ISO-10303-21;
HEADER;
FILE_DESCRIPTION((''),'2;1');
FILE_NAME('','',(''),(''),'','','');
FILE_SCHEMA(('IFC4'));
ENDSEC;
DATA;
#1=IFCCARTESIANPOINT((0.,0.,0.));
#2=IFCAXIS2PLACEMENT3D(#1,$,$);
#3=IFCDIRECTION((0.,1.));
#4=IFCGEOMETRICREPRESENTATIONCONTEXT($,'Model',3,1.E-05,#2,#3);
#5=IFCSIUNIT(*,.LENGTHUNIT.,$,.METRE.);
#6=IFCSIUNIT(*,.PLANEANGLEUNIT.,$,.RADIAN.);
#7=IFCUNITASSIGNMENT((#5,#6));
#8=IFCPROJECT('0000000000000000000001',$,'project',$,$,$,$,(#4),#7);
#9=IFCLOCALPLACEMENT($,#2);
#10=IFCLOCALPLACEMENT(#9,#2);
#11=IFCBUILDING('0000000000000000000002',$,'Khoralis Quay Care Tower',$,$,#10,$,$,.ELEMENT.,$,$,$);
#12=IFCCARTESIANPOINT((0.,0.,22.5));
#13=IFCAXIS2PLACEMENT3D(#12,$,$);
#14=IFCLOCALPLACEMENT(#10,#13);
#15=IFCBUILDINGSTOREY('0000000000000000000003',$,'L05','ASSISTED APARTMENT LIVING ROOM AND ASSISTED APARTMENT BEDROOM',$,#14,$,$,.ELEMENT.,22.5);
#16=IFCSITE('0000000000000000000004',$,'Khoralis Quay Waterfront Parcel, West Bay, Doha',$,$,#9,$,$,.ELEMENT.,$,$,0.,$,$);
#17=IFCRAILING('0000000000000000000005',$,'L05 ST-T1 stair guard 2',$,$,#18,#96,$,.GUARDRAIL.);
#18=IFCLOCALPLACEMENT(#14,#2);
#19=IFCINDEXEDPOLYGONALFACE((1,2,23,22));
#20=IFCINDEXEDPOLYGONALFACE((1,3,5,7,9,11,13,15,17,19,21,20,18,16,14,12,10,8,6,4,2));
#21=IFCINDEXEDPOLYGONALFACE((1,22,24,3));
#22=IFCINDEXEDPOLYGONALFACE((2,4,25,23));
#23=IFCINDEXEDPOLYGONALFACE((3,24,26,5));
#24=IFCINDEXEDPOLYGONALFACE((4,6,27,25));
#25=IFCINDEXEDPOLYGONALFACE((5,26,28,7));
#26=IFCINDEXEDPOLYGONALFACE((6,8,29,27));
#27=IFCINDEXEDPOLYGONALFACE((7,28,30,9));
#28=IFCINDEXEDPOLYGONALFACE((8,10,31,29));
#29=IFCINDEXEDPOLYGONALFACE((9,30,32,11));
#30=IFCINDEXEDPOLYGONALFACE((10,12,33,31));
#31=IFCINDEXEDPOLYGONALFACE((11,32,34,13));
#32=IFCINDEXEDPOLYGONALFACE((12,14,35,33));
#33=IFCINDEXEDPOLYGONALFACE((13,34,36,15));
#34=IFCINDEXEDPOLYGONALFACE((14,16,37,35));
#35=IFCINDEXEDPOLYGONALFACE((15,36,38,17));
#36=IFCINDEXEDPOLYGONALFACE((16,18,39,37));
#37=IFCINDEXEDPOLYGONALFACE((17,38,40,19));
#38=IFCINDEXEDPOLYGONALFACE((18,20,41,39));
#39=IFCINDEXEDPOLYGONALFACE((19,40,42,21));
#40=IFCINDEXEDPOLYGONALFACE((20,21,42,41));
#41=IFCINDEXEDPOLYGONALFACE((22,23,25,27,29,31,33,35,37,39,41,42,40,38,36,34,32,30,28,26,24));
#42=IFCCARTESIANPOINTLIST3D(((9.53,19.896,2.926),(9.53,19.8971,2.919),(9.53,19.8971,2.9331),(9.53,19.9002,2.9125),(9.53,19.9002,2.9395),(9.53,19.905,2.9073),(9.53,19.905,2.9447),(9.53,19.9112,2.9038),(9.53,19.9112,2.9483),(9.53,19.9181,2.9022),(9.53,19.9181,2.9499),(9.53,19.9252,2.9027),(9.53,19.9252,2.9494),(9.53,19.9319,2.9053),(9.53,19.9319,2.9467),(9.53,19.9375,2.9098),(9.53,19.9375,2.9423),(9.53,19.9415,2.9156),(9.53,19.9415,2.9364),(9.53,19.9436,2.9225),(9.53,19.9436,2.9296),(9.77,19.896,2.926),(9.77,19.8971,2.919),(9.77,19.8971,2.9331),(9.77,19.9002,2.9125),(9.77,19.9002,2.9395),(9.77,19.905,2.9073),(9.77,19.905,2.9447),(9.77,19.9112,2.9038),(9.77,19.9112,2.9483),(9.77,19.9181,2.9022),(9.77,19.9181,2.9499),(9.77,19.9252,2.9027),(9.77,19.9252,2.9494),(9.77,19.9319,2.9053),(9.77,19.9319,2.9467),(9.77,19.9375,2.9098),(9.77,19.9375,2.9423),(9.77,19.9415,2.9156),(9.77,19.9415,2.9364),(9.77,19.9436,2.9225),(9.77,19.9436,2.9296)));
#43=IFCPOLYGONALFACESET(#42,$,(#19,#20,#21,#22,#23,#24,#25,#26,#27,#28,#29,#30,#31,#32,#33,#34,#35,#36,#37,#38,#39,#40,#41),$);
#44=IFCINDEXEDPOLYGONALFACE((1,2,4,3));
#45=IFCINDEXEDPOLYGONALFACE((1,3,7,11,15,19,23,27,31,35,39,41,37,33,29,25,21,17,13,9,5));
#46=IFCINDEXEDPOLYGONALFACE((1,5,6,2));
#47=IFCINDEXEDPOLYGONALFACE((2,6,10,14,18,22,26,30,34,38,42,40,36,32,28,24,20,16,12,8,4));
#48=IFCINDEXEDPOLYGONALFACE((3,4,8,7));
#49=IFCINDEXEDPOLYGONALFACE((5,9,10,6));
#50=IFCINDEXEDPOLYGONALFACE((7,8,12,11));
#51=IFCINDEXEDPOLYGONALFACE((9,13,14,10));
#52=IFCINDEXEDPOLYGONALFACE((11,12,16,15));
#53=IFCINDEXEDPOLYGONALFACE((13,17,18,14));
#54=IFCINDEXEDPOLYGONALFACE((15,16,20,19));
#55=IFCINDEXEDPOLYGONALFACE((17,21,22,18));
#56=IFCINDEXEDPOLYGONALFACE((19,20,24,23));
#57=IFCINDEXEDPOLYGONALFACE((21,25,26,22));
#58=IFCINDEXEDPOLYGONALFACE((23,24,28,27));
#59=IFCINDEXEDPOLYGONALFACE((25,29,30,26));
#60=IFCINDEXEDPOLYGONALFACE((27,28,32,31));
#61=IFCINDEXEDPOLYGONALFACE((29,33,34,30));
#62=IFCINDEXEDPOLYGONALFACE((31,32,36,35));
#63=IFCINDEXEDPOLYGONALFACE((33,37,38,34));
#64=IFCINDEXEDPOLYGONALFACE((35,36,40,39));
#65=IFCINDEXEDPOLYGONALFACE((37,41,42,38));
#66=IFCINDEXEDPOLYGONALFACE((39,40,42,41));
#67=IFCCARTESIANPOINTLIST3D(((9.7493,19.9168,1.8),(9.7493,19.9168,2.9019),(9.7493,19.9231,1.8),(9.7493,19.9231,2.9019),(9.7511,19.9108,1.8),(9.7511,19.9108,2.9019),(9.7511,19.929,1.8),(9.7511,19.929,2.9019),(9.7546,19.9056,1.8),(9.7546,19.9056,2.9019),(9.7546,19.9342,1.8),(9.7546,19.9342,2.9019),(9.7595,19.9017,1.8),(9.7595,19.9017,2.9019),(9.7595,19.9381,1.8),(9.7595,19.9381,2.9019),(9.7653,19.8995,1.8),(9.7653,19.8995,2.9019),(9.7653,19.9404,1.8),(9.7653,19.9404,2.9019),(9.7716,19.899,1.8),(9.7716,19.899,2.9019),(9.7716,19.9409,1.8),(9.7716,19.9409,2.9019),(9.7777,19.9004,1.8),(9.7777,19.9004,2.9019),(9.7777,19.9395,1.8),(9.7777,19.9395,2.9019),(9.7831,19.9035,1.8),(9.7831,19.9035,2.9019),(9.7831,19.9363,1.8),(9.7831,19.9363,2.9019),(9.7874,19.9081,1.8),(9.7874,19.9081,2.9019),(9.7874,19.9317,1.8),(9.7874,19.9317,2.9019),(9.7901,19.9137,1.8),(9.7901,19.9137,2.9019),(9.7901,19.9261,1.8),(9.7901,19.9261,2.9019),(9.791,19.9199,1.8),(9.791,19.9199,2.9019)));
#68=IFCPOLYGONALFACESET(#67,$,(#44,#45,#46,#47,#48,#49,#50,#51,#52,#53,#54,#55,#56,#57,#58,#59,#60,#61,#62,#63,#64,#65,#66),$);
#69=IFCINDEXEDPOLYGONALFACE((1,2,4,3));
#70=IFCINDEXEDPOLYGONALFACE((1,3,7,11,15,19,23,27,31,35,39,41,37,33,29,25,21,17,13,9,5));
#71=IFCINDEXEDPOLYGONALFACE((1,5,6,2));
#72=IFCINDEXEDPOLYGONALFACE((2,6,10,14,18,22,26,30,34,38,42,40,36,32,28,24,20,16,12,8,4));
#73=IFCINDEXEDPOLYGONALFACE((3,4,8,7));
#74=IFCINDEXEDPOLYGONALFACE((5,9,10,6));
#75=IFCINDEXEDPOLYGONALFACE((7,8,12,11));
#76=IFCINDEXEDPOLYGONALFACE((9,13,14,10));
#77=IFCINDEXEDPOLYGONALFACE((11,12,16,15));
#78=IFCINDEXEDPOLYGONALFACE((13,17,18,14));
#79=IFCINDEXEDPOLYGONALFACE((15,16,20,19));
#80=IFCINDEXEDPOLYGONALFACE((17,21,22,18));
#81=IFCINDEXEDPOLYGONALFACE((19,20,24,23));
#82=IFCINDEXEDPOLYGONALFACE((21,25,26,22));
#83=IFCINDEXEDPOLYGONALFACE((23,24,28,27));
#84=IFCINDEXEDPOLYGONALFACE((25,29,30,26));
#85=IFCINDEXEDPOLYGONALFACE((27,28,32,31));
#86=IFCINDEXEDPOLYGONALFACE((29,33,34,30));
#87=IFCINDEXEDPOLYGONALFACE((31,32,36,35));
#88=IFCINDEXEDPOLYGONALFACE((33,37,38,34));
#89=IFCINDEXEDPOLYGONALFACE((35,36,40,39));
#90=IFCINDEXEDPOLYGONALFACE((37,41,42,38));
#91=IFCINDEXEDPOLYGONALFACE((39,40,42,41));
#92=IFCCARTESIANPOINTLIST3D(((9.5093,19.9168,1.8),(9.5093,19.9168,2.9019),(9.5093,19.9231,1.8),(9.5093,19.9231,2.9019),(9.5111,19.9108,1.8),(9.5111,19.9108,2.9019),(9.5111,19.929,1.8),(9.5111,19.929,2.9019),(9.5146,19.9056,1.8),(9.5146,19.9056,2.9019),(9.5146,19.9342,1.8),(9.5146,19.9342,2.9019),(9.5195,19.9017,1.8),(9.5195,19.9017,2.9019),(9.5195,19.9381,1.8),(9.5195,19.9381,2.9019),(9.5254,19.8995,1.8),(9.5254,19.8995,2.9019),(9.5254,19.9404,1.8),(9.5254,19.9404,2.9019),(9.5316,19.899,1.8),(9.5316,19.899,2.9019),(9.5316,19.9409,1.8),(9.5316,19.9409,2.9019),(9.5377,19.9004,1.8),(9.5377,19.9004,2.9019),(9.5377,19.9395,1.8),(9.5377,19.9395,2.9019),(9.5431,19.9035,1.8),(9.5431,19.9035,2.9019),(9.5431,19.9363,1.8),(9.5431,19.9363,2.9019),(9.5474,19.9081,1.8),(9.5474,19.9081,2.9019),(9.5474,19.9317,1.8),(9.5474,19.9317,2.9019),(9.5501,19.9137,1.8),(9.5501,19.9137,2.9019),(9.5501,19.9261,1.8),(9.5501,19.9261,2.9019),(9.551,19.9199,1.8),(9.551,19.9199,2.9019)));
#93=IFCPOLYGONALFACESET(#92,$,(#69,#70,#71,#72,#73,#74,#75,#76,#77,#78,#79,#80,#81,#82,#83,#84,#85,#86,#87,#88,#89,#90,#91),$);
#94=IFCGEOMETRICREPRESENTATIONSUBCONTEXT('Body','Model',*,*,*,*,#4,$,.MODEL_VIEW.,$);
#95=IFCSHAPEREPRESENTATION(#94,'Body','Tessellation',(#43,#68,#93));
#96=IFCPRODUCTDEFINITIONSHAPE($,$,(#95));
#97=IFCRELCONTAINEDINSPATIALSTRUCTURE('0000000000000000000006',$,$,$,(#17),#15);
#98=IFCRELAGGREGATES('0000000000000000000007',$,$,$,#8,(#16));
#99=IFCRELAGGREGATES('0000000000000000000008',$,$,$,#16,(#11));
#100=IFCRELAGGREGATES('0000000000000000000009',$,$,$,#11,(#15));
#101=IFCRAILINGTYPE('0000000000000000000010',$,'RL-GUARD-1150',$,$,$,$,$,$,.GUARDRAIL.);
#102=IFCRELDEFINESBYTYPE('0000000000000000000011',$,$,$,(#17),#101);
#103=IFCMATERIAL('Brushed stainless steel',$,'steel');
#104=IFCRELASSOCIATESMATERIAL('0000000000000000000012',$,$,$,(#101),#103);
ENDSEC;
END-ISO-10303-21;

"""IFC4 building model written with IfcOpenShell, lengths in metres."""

from ifc_helpers import new_model, si_unit, direction, frame, origin, origin_2d, place, context, subcontext, project, spatial, circle, extrude, material, type_object, element, save


model = new_model("IFC4")

# Units and contexts
model_context = context("Model", 3, precision=1e-05, world=origin(), true_north=direction((0.0, 1.0)))
body_context = subcontext(model_context, "Body", "Model", "MODEL_VIEW")
ifc_project = project(units=[si_unit("LENGTHUNIT", "METRE"), si_unit("PLANEANGLEUNIT", "RADIAN")], contexts=[model_context])

# Site, building, storey
site_placement = place(None, origin())
site = spatial("IfcSite", under=ifc_project, at=site_placement, Name="Khoralis Quay Waterfront Parcel, West Bay, Doha", CompositionType="ELEMENT", RefElevation=0.0)
building_placement = place(site_placement, origin())
building = spatial("IfcBuilding", under=site, at=building_placement, Name="Khoralis Quay Care Tower", CompositionType="ELEMENT")
storey_placement = place(building_placement, frame((0.0, 0.0, 22.5)))
storey = spatial("IfcBuildingStorey", under=building, at=storey_placement, Name="L05", Description="ASSISTED APARTMENT LIVING ROOM AND ASSISTED APARTMENT BEDROOM", CompositionType="ELEMENT", Elevation=22.5)

# Shared definitions
ifc_material_1 = material(Name="Brushed stainless steel", Category="steel")

# Railing
railing_type_1 = type_object("IfcRailingType", Name="RL-GUARD-1150", PredefinedType="GUARDRAIL", material=ifc_material_1)
railing_1_placement = place(storey_placement, frame((9.77, 19.9199, 1.8)))
element("IfcRailing", 1, at=railing_1_placement, inside=storey, type_object=railing_type_1, Name="L05 ST-T1 stair guard 2", PredefinedType="GUARDRAIL", context=body_context, shape_type="SweptSolid", body=[
    extrude(circle(Radius=0.0239, at=origin_2d()), frame((0.0, 0.0, 1.126), z_axis=(-1.0, 0.0, 0.0), x_axis=(0.0, -1.0, 0.0)), (0.0, 0.0, 1.0), 0.24),
    extrude(circle(Radius=0.021, at=origin_2d()), origin(), (0.0, 0.0, 1.0), 1.1018),
    extrude(circle(Radius=0.021, at=origin_2d()), frame((-0.24, 0.0, 0.0)), (0.0, 0.0, 1.0), 1.1018),
])

save(model, "model.ifc")
